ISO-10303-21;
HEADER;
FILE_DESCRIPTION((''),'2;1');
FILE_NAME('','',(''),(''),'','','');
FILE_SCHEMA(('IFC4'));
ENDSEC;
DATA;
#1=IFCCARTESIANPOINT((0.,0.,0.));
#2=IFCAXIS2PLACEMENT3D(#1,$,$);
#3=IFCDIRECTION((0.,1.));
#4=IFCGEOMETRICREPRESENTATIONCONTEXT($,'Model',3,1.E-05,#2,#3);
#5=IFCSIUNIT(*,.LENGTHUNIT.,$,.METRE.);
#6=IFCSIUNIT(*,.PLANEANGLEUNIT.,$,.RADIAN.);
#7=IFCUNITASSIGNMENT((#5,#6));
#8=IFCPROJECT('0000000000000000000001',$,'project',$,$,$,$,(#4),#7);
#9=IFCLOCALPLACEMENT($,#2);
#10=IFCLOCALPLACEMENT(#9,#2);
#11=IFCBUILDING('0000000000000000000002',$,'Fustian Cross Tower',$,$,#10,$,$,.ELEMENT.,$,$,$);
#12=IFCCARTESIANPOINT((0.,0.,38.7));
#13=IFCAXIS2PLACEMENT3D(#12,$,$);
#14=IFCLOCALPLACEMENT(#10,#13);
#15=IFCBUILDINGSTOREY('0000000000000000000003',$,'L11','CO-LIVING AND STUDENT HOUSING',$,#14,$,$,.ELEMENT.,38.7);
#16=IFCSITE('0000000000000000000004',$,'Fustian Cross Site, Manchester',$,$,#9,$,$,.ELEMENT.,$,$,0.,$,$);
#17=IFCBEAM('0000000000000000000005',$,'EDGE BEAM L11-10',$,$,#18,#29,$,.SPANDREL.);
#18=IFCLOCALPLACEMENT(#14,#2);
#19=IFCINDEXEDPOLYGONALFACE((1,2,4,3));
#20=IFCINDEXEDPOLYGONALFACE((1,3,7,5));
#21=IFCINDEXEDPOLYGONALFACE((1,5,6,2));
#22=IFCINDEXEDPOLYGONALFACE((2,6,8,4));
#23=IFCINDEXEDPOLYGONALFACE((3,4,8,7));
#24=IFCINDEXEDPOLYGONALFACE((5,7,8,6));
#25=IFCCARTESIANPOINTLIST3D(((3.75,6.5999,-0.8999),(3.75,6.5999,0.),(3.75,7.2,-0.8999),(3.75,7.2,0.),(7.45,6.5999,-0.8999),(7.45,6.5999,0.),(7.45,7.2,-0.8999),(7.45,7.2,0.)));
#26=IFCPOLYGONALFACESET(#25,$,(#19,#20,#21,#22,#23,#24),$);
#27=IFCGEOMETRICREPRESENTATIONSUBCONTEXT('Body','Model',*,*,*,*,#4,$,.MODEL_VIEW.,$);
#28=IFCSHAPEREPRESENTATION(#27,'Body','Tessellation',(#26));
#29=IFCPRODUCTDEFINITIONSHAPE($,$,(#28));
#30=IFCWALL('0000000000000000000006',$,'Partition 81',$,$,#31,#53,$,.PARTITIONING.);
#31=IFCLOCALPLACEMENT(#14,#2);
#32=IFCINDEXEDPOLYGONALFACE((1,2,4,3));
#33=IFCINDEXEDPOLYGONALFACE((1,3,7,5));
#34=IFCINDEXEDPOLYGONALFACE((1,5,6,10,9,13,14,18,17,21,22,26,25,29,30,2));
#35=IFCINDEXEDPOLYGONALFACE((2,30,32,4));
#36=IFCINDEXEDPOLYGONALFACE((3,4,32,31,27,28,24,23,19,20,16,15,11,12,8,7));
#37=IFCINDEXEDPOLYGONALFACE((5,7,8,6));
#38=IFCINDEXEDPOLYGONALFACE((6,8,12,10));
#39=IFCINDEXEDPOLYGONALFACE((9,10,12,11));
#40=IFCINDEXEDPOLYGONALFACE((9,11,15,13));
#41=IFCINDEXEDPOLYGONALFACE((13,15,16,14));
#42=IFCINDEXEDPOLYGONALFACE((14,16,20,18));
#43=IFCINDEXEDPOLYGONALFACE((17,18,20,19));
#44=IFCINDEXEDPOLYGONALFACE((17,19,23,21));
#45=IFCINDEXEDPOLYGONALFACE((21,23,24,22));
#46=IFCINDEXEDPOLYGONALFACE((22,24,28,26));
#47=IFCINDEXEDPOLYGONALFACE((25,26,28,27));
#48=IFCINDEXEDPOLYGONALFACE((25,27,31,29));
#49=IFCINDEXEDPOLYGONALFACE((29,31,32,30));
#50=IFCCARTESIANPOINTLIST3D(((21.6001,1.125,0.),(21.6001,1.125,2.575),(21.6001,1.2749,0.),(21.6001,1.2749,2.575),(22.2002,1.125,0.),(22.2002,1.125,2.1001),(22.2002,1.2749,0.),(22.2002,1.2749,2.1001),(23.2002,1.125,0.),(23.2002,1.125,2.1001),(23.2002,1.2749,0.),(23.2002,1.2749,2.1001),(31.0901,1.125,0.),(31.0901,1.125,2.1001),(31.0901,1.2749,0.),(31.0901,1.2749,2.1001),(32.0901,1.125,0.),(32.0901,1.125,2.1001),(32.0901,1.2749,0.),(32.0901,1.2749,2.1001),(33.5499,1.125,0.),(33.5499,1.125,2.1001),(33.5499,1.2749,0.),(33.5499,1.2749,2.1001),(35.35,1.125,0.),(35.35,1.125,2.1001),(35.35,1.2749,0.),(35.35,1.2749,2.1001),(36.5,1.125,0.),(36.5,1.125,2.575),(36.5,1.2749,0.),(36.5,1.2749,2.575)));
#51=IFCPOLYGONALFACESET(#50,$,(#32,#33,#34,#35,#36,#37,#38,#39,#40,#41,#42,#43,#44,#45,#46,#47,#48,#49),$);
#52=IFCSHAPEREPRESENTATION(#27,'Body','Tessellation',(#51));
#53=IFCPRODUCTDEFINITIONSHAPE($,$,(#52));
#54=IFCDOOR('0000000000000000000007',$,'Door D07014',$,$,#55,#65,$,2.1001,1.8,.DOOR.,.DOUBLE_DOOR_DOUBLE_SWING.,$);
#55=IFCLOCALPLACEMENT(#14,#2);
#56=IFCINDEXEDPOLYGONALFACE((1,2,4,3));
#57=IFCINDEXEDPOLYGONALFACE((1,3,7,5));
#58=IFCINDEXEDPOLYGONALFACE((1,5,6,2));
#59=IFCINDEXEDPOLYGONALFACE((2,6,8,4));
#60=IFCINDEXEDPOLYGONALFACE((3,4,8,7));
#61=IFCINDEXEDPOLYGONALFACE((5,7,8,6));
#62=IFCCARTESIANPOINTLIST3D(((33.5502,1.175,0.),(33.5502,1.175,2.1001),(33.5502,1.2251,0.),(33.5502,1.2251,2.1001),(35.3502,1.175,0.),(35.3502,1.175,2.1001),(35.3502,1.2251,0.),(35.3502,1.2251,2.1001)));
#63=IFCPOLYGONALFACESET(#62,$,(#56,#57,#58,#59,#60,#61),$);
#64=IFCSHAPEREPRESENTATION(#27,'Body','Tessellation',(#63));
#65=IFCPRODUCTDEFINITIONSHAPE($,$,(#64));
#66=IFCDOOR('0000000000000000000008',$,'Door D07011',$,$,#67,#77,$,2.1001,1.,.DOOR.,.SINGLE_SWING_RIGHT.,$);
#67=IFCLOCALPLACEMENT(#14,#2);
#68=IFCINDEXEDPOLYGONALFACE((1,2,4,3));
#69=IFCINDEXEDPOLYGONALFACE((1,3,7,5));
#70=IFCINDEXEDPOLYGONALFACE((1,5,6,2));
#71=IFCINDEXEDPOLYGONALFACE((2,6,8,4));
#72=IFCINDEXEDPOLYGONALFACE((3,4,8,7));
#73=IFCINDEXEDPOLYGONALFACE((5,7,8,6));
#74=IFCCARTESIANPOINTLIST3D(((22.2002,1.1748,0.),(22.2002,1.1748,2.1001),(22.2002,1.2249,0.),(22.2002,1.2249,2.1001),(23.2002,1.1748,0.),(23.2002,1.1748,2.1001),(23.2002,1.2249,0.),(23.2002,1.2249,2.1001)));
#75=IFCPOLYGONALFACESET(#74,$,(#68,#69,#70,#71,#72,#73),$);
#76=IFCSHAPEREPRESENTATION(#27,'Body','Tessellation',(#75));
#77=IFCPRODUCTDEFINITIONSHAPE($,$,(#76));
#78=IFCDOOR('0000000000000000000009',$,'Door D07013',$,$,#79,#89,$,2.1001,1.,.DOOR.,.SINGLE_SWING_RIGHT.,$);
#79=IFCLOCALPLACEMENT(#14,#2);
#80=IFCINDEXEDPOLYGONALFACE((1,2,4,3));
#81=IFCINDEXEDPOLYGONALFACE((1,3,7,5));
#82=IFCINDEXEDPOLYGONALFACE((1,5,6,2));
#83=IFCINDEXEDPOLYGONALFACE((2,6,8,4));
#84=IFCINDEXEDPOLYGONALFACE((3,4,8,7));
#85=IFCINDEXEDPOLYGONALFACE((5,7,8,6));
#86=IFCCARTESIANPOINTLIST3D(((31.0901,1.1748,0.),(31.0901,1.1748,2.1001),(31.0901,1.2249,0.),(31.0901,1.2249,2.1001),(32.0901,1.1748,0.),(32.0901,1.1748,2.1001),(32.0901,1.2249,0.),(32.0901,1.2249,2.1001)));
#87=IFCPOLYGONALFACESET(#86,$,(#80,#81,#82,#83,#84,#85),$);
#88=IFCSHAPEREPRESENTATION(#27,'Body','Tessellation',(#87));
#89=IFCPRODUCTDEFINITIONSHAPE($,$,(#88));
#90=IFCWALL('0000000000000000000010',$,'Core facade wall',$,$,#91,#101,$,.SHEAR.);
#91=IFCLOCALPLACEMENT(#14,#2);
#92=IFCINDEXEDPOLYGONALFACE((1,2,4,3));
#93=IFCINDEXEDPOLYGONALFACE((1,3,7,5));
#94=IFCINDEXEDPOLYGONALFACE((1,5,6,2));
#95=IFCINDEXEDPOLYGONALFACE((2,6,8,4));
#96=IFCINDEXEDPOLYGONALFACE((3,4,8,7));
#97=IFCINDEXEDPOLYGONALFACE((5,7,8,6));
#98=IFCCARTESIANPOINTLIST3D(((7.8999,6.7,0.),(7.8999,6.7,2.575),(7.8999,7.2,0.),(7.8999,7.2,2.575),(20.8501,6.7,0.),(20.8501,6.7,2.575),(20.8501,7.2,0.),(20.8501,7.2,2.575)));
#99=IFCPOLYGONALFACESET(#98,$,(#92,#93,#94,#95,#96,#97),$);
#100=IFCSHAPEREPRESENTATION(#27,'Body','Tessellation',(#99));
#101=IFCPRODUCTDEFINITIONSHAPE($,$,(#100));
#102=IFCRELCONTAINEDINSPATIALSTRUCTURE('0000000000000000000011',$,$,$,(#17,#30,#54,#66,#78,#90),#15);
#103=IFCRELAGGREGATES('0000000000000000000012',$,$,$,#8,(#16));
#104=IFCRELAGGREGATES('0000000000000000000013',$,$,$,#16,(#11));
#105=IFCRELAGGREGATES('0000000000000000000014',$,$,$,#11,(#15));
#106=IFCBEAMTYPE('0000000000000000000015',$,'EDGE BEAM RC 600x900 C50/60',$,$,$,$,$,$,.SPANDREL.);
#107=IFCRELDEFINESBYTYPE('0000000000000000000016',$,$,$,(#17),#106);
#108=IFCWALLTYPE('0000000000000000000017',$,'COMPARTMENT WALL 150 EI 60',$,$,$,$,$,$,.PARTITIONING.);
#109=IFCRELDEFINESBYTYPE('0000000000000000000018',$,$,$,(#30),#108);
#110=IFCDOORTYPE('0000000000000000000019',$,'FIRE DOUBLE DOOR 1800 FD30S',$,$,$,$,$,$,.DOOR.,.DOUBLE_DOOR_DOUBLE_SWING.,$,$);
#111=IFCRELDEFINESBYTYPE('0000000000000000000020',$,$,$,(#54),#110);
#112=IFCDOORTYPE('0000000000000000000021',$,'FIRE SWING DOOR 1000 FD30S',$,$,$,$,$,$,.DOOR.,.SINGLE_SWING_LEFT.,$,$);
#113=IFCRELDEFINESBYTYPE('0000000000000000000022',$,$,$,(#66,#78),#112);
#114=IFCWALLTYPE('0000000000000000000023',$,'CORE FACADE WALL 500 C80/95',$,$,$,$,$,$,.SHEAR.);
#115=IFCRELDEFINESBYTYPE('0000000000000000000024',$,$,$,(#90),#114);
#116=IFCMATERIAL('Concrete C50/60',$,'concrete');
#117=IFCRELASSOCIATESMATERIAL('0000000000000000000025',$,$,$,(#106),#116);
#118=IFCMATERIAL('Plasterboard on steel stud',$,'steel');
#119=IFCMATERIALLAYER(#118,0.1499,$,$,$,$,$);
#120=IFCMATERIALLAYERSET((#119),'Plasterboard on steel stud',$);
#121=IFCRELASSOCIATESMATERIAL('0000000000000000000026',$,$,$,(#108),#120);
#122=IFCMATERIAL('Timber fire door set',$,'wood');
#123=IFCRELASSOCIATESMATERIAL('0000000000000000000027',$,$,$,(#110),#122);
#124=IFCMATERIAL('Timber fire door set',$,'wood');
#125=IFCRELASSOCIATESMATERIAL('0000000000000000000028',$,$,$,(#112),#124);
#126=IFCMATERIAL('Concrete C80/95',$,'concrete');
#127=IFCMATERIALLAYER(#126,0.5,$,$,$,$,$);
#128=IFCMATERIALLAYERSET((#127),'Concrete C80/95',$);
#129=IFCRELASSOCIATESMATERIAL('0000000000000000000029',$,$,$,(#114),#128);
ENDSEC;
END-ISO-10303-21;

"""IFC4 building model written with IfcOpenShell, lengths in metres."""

from ifc_helpers import new_model, si_unit, direction, frame, frame_2d, origin, origin_2d, place, context, subcontext, project, spatial, rectangle, extrude, material, layer, layer_set, material_profile, profile_set, type_object, element, fill, save


model = new_model("IFC4")

# Units and contexts
model_context = context("Model", 3, precision=1e-05, world=origin(), true_north=direction((0.0, 1.0)))
body_context = subcontext(model_context, "Body", "Model", "MODEL_VIEW")
ifc_project = project(units=[si_unit("LENGTHUNIT", "METRE"), si_unit("PLANEANGLEUNIT", "RADIAN")], contexts=[model_context])

# Site, building, storey
site_placement = place(None, origin())
site = spatial("IfcSite", under=ifc_project, at=site_placement, Name="Fustian Cross Site, Manchester", CompositionType="ELEMENT", RefElevation=0.0)
building_placement = place(site_placement, origin())
building = spatial("IfcBuilding", under=site, at=building_placement, Name="Fustian Cross Tower", CompositionType="ELEMENT")
storey_placement = place(building_placement, frame((0.0, 0.0, 38.7)))
storey = spatial("IfcBuildingStorey", under=building, at=storey_placement, Name="L11", Description="CO-LIVING AND STUDENT HOUSING", CompositionType="ELEMENT", Elevation=38.7)

# Beam
ifc_material_1 = material(Name="Concrete C50/60", Category="concrete")
ifc_material_profile = material_profile(ifc_material_1, rectangle(XDim=0.6001, YDim=0.8999, at=origin_2d()), Name="RC 600x900")
ifc_profile_set = profile_set([ifc_material_profile], Name="Concrete C50/60")
beam_type = type_object("IfcBeamType", Name="EDGE BEAM RC 600x900 C50/60", PredefinedType="SPANDREL", material=ifc_profile_set)
beam_placement = place(storey_placement, frame((7.45, 6.8999, -0.45), z_axis=(-1.0, 0.0, 0.0), x_axis=(0.0, -1.0, 0.0)))
element("IfcBeam", 1, at=beam_placement, inside=storey, type_object=beam_type, Name="EDGE BEAM L11-10", PredefinedType="SPANDREL", context=body_context, shape_type="SweptSolid", body=[
    extrude(rectangle(XDim=0.6001, YDim=0.8999, at=origin_2d()), origin(), (0.0, 0.0, 1.0), 3.7),
])

# Wall, openings, doors
ifc_material_2 = material(Name="Plasterboard on steel stud", Category="steel")
ifc_layer_1 = layer(ifc_material_2, 0.1499)
ifc_layer_set_1 = layer_set([ifc_layer_1], Name="Plasterboard on steel stud")
wall_type_1 = type_object("IfcWallType", Name="COMPARTMENT WALL 150 EI 60", PredefinedType="PARTITIONING", material=ifc_layer_set_1)
wall_1_placement = place(storey_placement, frame((21.6001, 1.2, 0.0), z_axis=(0.0, 0.0, 1.0), x_axis=(1.0, 0.0, 0.0)))
wall_1 = element("IfcWall", 2, at=wall_1_placement, inside=storey, type_object=wall_type_1, Name="Partition 81", PredefinedType="PARTITIONING", context=body_context, shape_type="SweptSolid", body=[
    extrude(rectangle(XDim=14.8999, YDim=0.1499, at=frame_2d((7.45, 0.0))), origin(), (0.0, 0.0, 1.0), 2.575),
])
opening_1_placement = place(wall_1_placement, frame((0.6001, 0.0, 0.0)))
opening_1 = element("IfcOpeningElement", 3, at=opening_1_placement, cuts=wall_1, PredefinedType="OPENING", context=body_context, shape_type="SweptSolid", body=[
    extrude(rectangle(XDim=1.0, YDim=2.1001, at=frame_2d((0.5, 1.05))), frame((0.0, 0.085, 0.0), z_axis=(0.0, -1.0, 0.0), x_axis=(1.0, 0.0, 0.0)), (0.0, 0.0, 1.0), 0.1699),
])
opening_2_placement = place(wall_1_placement, frame((9.49, 0.0, 0.0)))
opening_2 = element("IfcOpeningElement", 4, at=opening_2_placement, cuts=wall_1, PredefinedType="OPENING", context=body_context, shape_type="SweptSolid", body=[
    extrude(rectangle(XDim=1.0, YDim=2.1001, at=frame_2d((0.5, 1.05))), frame((0.0, 0.085, 0.0), z_axis=(0.0, -1.0, 0.0), x_axis=(1.0, 0.0, 0.0)), (0.0, 0.0, 1.0), 0.1699),
])
opening_3_placement = place(wall_1_placement, frame((11.95, 0.0, 0.0)))
opening_3 = element("IfcOpeningElement", 5, at=opening_3_placement, cuts=wall_1, PredefinedType="OPENING", context=body_context, shape_type="SweptSolid", body=[
    extrude(rectangle(XDim=1.8, YDim=2.1001, at=frame_2d((0.8999, 1.05))), frame((0.0, 0.085, 0.0), z_axis=(0.0, -1.0, 0.0), x_axis=(1.0, 0.0, 0.0)), (0.0, 0.0, 1.0), 0.1699),
])
ifc_material_3 = material(Name="Timber fire door set", Category="wood")
door_type_1 = type_object("IfcDoorType", Name="FIRE DOUBLE DOOR 1800 FD30S", OperationType="DOUBLE_DOOR_DOUBLE_SWING", PredefinedType="DOOR", material=ifc_material_3)
door_1_placement = place(opening_3_placement, frame((1.8, 0.0, 0.0), z_axis=(0.0, 0.0, 1.0), x_axis=(-1.0, 0.0, 0.0)))
door_1 = element("IfcDoor", 6, at=door_1_placement, inside=storey, type_object=door_type_1, Name="Door D07014", OperationType="DOUBLE_DOOR_DOUBLE_SWING", OverallHeight=2.1001, OverallWidth=1.8, PredefinedType="DOOR", context=body_context, shape_type="SweptSolid", body=[
    extrude(rectangle(XDim=1.8, YDim=2.1001, at=frame_2d((0.8999, 1.05))), frame((0.0, 0.0249, 0.0), z_axis=(0.0, -1.0, 0.0), x_axis=(1.0, 0.0, 0.0)), (0.0, 0.0, 1.0), 0.05),
])
fill(opening_3, door_1)
ifc_material_4 = material(Name="Timber fire door set", Category="wood")
door_type_2 = type_object("IfcDoorType", Name="FIRE SWING DOOR 1000 FD30S", OperationType="SINGLE_SWING_LEFT", PredefinedType="DOOR", material=ifc_material_4)
door_2_placement = place(opening_1_placement, origin())
door_2 = element("IfcDoor", 7, at=door_2_placement, inside=storey, type_object=door_type_2, Name="Door D07011", OperationType="SINGLE_SWING_RIGHT", OverallHeight=2.1001, OverallWidth=1.0, PredefinedType="DOOR", context=body_context, shape_type="SweptSolid", body=[
    extrude(rectangle(XDim=1.0, YDim=2.1001, at=frame_2d((0.5, 1.05))), frame((0.0, 0.0249, 0.0), z_axis=(0.0, -1.0, 0.0), x_axis=(1.0, 0.0, 0.0)), (0.0, 0.0, 1.0), 0.05),
])
fill(opening_1, door_2)
door_3_placement = place(opening_2_placement, origin())
door_3 = element("IfcDoor", 8, at=door_3_placement, inside=storey, type_object=door_type_2, Name="Door D07013", OperationType="SINGLE_SWING_RIGHT", OverallHeight=2.1001, OverallWidth=1.0, PredefinedType="DOOR", context=body_context, shape_type="SweptSolid", body=[
    extrude(rectangle(XDim=1.0, YDim=2.1001, at=frame_2d((0.5, 1.05))), frame((0.0, 0.0249, 0.0), z_axis=(0.0, -1.0, 0.0), x_axis=(1.0, 0.0, 0.0)), (0.0, 0.0, 1.0), 0.05),
])
fill(opening_2, door_3)

# Wall
ifc_material_5 = material(Name="Concrete C80/95", Category="concrete")
ifc_layer_2 = layer(ifc_material_5, 0.5)
ifc_layer_set_2 = layer_set([ifc_layer_2], Name="Concrete C80/95")
wall_type_2 = type_object("IfcWallType", Name="CORE FACADE WALL 500 C80/95", PredefinedType="SHEAR", material=ifc_layer_set_2)
wall_2_placement = place(storey_placement, frame((7.8999, 6.95, 0.0), z_axis=(0.0, 0.0, 1.0), x_axis=(1.0, 0.0, 0.0)))
element("IfcWall", 9, at=wall_2_placement, inside=storey, type_object=wall_type_2, Name="Core facade wall", PredefinedType="SHEAR", context=body_context, shape_type="SweptSolid", body=[
    extrude(rectangle(XDim=12.9502, YDim=0.5, at=frame_2d((6.4751, 0.0))), origin(), (0.0, 0.0, 1.0), 2.575),
])

save(model, "model.ifc")
